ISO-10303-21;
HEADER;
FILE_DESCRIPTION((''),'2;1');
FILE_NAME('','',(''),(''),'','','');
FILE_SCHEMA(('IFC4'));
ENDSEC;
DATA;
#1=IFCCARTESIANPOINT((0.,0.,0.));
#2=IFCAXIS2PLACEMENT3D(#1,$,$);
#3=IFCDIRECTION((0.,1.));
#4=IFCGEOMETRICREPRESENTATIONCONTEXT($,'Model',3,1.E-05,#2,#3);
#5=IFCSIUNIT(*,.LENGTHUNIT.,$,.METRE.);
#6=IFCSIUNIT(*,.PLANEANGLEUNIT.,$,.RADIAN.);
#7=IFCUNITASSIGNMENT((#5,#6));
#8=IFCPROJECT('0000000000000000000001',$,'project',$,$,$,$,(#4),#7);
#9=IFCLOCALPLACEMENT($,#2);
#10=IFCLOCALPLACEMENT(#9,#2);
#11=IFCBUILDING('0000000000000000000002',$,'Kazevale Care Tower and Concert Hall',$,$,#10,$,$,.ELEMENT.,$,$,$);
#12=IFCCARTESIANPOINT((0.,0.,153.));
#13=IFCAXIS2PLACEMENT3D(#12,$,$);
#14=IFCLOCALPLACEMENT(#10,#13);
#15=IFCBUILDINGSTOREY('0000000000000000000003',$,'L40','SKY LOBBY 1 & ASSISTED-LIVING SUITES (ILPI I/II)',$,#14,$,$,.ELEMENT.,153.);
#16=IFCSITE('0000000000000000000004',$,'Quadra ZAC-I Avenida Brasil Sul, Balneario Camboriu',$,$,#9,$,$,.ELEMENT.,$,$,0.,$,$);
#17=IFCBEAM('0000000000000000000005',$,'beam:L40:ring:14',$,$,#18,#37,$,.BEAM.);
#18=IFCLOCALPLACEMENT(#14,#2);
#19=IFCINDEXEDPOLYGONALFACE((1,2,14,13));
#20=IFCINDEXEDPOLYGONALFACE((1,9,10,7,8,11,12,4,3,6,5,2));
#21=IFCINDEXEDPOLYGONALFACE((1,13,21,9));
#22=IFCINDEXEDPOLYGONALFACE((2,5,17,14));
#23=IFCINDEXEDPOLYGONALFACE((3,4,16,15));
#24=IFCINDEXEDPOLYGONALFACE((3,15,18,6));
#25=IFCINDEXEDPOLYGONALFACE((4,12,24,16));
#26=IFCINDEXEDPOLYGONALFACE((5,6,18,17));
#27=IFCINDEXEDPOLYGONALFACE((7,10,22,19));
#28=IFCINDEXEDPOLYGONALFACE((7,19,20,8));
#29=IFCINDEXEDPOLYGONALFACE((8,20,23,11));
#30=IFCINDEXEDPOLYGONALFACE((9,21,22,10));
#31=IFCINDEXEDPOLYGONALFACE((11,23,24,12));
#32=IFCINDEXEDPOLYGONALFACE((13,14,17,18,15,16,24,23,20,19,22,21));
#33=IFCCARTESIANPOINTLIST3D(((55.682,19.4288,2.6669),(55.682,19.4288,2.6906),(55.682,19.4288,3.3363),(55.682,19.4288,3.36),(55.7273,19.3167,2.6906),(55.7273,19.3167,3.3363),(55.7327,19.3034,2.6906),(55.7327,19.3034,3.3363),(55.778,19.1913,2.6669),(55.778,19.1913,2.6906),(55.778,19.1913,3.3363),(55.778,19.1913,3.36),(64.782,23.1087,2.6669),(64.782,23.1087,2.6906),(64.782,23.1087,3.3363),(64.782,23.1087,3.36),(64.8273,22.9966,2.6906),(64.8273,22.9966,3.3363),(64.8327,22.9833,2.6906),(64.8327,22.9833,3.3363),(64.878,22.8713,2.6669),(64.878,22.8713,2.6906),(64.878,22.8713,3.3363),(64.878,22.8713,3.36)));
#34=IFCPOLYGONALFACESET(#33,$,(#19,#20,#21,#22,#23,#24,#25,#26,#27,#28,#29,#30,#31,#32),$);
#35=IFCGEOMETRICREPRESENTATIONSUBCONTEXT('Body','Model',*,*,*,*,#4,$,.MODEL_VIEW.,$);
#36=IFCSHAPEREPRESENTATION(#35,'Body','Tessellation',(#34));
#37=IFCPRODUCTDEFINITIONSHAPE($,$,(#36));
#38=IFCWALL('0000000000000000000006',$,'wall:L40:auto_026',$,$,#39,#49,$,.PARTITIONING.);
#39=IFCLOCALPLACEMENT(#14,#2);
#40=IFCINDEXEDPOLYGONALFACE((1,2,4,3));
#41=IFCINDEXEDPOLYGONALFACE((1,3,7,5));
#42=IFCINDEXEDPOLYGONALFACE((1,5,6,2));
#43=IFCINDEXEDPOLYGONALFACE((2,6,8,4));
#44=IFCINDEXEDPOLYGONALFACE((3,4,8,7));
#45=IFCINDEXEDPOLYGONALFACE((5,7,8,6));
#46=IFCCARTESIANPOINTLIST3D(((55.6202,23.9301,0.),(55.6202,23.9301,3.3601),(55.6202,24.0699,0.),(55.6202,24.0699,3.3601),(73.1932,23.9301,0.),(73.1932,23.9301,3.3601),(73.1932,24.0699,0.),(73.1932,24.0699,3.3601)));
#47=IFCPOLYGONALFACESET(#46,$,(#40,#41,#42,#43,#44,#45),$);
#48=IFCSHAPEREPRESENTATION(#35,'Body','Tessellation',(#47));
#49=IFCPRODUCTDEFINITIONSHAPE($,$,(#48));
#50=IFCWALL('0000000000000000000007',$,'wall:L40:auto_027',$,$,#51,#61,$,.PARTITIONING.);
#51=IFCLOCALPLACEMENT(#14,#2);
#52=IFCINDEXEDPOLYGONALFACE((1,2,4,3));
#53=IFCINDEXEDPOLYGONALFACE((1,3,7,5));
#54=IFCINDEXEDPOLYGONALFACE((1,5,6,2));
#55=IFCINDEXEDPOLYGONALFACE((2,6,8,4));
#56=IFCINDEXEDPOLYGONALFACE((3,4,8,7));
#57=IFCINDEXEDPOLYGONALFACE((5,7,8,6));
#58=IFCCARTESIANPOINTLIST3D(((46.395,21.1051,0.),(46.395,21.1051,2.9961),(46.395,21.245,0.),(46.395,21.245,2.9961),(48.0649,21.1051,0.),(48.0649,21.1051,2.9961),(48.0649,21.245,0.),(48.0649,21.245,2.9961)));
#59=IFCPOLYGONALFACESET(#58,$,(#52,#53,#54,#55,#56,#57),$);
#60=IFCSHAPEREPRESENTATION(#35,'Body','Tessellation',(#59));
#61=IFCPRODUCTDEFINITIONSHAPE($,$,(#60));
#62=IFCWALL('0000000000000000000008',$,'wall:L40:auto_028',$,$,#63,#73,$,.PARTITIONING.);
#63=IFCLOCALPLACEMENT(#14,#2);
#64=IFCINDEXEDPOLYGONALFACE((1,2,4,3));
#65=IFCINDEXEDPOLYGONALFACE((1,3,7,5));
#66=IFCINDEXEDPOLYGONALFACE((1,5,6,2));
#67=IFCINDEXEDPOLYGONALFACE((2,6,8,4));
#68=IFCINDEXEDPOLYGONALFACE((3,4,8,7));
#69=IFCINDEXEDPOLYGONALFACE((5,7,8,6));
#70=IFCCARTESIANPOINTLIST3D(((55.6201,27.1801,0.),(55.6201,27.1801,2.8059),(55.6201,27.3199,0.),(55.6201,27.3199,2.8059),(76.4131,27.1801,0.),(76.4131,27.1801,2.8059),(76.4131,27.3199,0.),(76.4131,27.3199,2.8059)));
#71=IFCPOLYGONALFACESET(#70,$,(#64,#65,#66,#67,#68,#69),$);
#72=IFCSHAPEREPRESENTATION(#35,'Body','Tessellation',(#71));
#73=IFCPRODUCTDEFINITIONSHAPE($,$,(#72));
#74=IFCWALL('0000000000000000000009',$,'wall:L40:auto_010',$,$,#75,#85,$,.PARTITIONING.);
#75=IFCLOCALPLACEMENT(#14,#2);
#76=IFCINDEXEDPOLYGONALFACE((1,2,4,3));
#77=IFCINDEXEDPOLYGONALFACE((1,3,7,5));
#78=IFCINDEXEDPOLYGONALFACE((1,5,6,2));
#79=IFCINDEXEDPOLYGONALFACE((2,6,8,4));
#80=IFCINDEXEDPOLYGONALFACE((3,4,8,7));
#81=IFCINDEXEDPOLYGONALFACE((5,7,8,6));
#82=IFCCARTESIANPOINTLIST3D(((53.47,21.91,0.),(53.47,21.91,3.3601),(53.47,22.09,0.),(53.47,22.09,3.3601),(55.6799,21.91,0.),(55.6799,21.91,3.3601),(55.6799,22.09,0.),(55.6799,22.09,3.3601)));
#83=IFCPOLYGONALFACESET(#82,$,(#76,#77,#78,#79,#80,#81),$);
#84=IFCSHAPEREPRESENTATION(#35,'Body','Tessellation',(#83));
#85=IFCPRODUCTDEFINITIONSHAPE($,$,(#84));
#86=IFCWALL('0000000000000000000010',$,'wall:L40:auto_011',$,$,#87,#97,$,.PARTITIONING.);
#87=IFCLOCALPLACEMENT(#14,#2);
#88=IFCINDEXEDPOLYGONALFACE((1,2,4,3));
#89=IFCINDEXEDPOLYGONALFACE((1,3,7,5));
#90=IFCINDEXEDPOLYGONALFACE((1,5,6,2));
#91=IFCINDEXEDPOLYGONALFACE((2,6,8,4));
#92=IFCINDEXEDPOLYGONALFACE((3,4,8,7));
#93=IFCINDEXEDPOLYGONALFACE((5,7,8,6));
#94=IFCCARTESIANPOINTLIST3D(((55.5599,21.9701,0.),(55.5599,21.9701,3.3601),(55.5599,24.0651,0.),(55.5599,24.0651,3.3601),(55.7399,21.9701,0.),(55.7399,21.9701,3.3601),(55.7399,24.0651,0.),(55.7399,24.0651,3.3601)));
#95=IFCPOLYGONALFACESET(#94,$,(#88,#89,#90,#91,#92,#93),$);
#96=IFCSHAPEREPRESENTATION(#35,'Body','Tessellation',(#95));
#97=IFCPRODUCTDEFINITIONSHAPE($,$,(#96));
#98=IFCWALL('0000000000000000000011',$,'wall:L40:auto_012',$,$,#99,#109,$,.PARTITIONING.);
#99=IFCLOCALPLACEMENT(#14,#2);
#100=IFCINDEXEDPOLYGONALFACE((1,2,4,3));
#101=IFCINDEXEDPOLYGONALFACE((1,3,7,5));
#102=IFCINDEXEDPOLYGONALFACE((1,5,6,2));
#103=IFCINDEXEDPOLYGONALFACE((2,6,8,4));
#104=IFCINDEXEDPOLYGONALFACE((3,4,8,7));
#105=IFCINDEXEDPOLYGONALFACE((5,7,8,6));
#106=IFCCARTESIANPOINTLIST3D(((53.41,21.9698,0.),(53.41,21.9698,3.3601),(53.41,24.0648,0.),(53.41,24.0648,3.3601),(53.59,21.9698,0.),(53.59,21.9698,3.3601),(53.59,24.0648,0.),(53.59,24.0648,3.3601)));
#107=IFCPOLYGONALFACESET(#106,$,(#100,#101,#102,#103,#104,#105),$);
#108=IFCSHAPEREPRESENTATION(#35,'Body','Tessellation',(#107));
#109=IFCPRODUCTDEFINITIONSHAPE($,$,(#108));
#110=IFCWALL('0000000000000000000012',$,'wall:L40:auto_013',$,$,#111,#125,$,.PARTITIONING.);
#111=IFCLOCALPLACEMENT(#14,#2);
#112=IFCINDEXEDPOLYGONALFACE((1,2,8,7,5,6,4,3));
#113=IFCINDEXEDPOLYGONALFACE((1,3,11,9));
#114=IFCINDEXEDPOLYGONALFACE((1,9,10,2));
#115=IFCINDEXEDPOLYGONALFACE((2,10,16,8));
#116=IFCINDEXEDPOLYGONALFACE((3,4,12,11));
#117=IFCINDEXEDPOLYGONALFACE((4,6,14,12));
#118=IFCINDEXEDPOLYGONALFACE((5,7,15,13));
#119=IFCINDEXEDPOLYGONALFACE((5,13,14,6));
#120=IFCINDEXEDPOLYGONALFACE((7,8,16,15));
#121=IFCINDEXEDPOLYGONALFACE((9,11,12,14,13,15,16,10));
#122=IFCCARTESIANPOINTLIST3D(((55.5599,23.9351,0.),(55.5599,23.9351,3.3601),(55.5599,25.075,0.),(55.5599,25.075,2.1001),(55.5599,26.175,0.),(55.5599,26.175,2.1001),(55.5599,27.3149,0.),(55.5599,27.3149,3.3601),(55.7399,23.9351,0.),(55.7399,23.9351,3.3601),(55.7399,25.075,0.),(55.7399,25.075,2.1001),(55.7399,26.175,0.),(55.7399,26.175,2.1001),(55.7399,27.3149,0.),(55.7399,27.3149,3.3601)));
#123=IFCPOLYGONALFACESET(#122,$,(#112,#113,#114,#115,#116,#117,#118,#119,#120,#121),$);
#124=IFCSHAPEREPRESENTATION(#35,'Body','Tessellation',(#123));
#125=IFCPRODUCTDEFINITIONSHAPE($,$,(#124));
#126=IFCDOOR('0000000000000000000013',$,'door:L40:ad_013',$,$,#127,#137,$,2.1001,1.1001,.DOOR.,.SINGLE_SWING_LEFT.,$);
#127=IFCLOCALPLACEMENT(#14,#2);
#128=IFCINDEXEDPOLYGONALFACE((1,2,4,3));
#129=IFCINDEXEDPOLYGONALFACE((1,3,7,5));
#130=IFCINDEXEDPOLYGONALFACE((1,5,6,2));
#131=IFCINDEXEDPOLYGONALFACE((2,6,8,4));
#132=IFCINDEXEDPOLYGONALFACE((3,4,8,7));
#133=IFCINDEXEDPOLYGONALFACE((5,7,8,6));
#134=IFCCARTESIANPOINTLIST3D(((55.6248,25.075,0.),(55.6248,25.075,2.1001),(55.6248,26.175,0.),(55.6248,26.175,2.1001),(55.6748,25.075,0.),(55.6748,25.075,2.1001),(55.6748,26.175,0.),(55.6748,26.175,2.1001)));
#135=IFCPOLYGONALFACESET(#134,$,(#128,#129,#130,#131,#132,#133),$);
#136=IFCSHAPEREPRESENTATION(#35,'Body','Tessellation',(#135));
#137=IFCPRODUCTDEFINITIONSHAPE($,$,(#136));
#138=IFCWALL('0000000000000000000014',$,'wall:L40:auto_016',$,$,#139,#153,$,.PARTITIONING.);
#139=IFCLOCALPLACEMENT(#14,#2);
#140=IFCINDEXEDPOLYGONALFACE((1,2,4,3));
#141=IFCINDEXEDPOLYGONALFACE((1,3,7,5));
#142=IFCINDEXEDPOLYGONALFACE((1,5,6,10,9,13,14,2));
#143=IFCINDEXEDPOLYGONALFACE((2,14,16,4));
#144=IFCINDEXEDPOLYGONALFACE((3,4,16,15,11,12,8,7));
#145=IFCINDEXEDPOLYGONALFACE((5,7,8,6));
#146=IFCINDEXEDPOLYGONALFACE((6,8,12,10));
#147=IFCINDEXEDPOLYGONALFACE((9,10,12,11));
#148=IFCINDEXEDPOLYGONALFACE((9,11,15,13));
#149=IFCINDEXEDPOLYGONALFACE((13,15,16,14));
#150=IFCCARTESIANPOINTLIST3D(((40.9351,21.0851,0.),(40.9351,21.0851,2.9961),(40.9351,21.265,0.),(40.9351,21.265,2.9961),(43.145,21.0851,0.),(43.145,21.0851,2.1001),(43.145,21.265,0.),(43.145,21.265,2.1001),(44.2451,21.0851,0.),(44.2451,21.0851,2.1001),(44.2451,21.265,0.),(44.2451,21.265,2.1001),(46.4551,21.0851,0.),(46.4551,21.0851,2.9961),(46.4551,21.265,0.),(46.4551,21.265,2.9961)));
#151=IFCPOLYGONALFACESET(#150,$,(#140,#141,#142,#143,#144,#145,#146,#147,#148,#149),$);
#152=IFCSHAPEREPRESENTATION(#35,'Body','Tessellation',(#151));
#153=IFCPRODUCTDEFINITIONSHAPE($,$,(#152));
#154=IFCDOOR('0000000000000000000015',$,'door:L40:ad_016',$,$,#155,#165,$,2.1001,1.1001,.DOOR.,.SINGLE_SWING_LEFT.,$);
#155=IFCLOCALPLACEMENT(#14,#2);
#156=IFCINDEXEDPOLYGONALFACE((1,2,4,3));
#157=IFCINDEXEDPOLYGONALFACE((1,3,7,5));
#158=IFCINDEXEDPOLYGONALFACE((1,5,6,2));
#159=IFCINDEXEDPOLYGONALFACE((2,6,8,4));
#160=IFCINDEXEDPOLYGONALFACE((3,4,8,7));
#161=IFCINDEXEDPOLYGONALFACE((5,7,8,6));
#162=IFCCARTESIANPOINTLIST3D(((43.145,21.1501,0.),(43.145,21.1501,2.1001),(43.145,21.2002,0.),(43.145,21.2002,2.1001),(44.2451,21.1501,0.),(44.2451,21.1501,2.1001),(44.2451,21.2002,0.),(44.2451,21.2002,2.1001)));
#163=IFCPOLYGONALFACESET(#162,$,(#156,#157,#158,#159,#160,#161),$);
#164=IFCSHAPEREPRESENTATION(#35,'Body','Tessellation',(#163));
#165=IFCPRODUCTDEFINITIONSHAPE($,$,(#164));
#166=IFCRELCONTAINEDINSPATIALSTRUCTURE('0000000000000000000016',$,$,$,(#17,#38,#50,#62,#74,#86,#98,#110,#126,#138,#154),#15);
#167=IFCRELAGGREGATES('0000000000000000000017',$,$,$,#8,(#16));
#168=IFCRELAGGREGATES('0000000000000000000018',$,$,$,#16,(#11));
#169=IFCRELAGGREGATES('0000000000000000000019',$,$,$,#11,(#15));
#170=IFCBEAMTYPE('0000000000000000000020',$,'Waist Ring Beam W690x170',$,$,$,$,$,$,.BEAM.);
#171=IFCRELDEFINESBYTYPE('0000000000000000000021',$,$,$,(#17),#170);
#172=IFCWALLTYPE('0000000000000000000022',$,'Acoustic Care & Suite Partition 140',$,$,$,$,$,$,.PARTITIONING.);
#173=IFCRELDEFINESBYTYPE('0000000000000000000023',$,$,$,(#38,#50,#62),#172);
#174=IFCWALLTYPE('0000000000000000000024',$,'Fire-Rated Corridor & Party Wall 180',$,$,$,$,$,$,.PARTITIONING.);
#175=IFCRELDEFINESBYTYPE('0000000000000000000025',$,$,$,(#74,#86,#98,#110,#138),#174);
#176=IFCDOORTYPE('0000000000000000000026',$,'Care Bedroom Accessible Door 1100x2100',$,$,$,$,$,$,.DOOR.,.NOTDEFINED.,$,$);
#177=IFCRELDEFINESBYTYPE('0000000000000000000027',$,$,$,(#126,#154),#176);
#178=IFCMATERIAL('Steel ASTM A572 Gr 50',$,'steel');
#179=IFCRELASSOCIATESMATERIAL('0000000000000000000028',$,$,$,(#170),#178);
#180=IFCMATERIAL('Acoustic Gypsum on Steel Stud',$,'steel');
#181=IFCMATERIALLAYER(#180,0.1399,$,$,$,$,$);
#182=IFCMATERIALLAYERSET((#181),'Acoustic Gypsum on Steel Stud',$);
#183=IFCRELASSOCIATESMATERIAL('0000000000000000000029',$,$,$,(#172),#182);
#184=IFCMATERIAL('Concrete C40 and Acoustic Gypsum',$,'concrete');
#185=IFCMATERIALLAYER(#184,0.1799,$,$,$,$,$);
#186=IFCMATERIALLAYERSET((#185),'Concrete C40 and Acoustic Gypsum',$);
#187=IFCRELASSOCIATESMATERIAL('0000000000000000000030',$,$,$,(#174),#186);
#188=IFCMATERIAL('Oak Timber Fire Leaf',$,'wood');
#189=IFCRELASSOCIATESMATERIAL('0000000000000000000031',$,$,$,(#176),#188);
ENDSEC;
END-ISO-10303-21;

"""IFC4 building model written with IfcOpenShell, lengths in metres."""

from ifc_helpers import new_model, si_unit, direction, frame, frame_2d, origin, origin_2d, place, context, subcontext, project, spatial, rectangle, i_section, extrude, material, layer, layer_set, material_profile, profile_set, type_object, element, fill, save


model = new_model("IFC4")

# Units and contexts
model_context = context("Model", 3, precision=1e-05, world=origin(), true_north=direction((0.0, 1.0)))
body_context = subcontext(model_context, "Body", "Model", "MODEL_VIEW")
ifc_project = project(units=[si_unit("LENGTHUNIT", "METRE"), si_unit("PLANEANGLEUNIT", "RADIAN")], contexts=[model_context])

# Site, building, storey
site_placement = place(None, origin())
site = spatial("IfcSite", under=ifc_project, at=site_placement, Name="Quadra ZAC-I Avenida Brasil Sul, Balneario Camboriu", CompositionType="ELEMENT", RefElevation=0.0)
building_placement = place(site_placement, origin())
building = spatial("IfcBuilding", under=site, at=building_placement, Name="Kazevale Care Tower and Concert Hall", CompositionType="ELEMENT")
storey_placement = place(building_placement, frame((0.0, 0.0, 153.0)))
storey = spatial("IfcBuildingStorey", under=building, at=storey_placement, Name="L40", Description="SKY LOBBY 1 & ASSISTED-LIVING SUITES (ILPI I/II)", CompositionType="ELEMENT", Elevation=153.0)

# Beam
ifc_material_1 = material(Name="Steel ASTM A572 Gr 50", Category="steel")
ifc_material_profile_1 = material_profile(ifc_material_1, i_section(OverallWidth=0.2561, OverallDepth=0.6931, WebThickness=0.0144, FlangeThickness=0.0237, at=origin_2d()), Name="W690x170")
ifc_profile_set_1 = profile_set([ifc_material_profile_1], Name="Steel ASTM A572 Gr 50")
beam_type_1 = type_object("IfcBeamType", Name="Waist Ring Beam W690x170", PredefinedType="BEAM", material=ifc_profile_set_1)
beam_1_placement = place(storey_placement, frame((55.73, 19.3101, 3.0134), z_axis=(0.927069, 0.374892, 0.0), x_axis=(-0.374892, 0.927069, 0.0)))
element("IfcBeam", 1, at=beam_1_placement, inside=storey, type_object=beam_type_1, Name="beam:L40:ring:14", PredefinedType="BEAM", context=body_context, shape_type="SweptSolid", body=[
    extrude(i_section(OverallWidth=0.2561, OverallDepth=0.6931, WebThickness=0.0144, FlangeThickness=0.0237, at=origin_2d()), origin(), (0.0, 0.0, 1.0), 9.8159),
])

# Walls
ifc_material_2 = material(Name="Acoustic Gypsum on Steel Stud", Category="steel")
ifc_layer_1 = layer(ifc_material_2, 0.1399)
ifc_layer_set_1 = layer_set([ifc_layer_1], Name="Acoustic Gypsum on Steel Stud")
wall_type_1 = type_object("IfcWallType", Name="Acoustic Care & Suite Partition 140", PredefinedType="PARTITIONING", material=ifc_layer_set_1)
wall_1_placement = place(storey_placement, frame((55.6201, 24.0, 0.0), z_axis=(0.0, 0.0, 1.0), x_axis=(1.0, 0.0, 0.0)))
element("IfcWall", 2, at=wall_1_placement, inside=storey, type_object=wall_type_1, Name="wall:L40:auto_026", PredefinedType="PARTITIONING", context=body_context, shape_type="SweptSolid", body=[
    extrude(rectangle(XDim=17.573, YDim=0.1399, at=frame_2d((8.7866, 0.0))), origin(), (0.0, 0.0, 1.0), 3.3601),
])
wall_2_placement = place(storey_placement, frame((48.0649, 21.175, 0.0), z_axis=(0.0, 0.0, 1.0), x_axis=(-1.0, 0.0, 0.0)))
element("IfcWall", 3, at=wall_2_placement, inside=storey, type_object=wall_type_1, Name="wall:L40:auto_027", PredefinedType="PARTITIONING", context=body_context, shape_type="SweptSolid", body=[
    extrude(rectangle(XDim=1.6699, YDim=0.1399, at=frame_2d((0.835, 0.0))), origin(), (0.0, 0.0, 1.0), 2.9961),
])
wall_3_placement = place(storey_placement, frame((55.6201, 27.25, 0.0), z_axis=(0.0, 0.0, 1.0), x_axis=(1.0, 0.0, 0.0)))
element("IfcWall", 4, at=wall_3_placement, inside=storey, type_object=wall_type_1, Name="wall:L40:auto_028", PredefinedType="PARTITIONING", context=body_context, shape_type="SweptSolid", body=[
    extrude(rectangle(XDim=20.793, YDim=0.1399, at=frame_2d((10.3965, 0.0))), origin(), (0.0, 0.0, 1.0), 2.8059),
])
ifc_material_3 = material(Name="Concrete C40 and Acoustic Gypsum", Category="concrete")
ifc_layer_2 = layer(ifc_material_3, 0.1799)
ifc_layer_set_2 = layer_set([ifc_layer_2], Name="Concrete C40 and Acoustic Gypsum")
wall_type_2 = type_object("IfcWallType", Name="Fire-Rated Corridor & Party Wall 180", PredefinedType="PARTITIONING", material=ifc_layer_set_2)
wall_4_placement = place(storey_placement, frame((55.6799, 22.0, 0.0), z_axis=(0.0, 0.0, 1.0), x_axis=(-1.0, 0.0, 0.0)))
element("IfcWall", 5, at=wall_4_placement, inside=storey, type_object=wall_type_2, Name="wall:L40:auto_010", PredefinedType="PARTITIONING", context=body_context, shape_type="SweptSolid", body=[
    extrude(rectangle(XDim=2.21, YDim=0.1799, at=frame_2d((1.105, 0.0))), origin(), (0.0, 0.0, 1.0), 3.3601),
])
for number, where, z_axis, x_axis, name in (
    (6, (55.6499, 24.0649, 0.0), (0.0, 0.0, 1.0), (0.0, -1.0, 0.0), "wall:L40:auto_011"),
    (7, (53.5, 21.97, 0.0), (0.0, 0.0, 1.0), (0.0, 1.0, 0.0), "wall:L40:auto_012"),
):
    element("IfcWall", number, at=place(storey_placement, frame(where, z_axis=z_axis, x_axis=x_axis)), inside=storey, type_object=wall_type_2, Name=name, PredefinedType="PARTITIONING", context=body_context, shape_type="SweptSolid", body=[
        extrude(rectangle(XDim=2.095, YDim=0.1799, at=frame_2d((1.0474, 0.0))), origin(), (0.0, 0.0, 1.0), 3.3601),
    ])

# Walls, openings, doors
wall_5_placement = place(storey_placement, frame((55.6499, 27.3149, 0.0), z_axis=(0.0, 0.0, 1.0), x_axis=(0.0, -1.0, 0.0)))
wall_5 = element("IfcWall", 8, at=wall_5_placement, inside=storey, type_object=wall_type_2, Name="wall:L40:auto_013", PredefinedType="PARTITIONING", context=body_context, shape_type="SweptSolid", body=[
    extrude(rectangle(XDim=3.3799, YDim=0.1799, at=frame_2d((1.6899, 0.0))), origin(), (0.0, 0.0, 1.0), 3.3601),
])
opening_1_placement = place(wall_5_placement, frame((1.1399, 0.0, 0.0)))
opening_1 = element("IfcOpeningElement", 9, at=opening_1_placement, cuts=wall_5, PredefinedType="OPENING", context=body_context, shape_type="SweptSolid", body=[
    extrude(rectangle(XDim=1.1001, YDim=2.1001, at=frame_2d((0.55, 1.05))), frame((0.0, 0.0999, 0.0), z_axis=(0.0, -1.0, 0.0), x_axis=(1.0, 0.0, 0.0)), (0.0, 0.0, 1.0), 0.2),
])
ifc_material_4 = material(Name="Oak Timber Fire Leaf", Category="wood")
door_type_1 = type_object("IfcDoorType", Name="Care Bedroom Accessible Door 1100x2100", OperationType="NOTDEFINED", PredefinedType="DOOR", material=ifc_material_4)
door_1_placement = place(opening_1_placement, origin())
door_1 = element("IfcDoor", 10, at=door_1_placement, inside=storey, type_object=door_type_1, Name="door:L40:ad_013", OperationType="SINGLE_SWING_LEFT", OverallHeight=2.1001, OverallWidth=1.1001, PredefinedType="DOOR", context=body_context, shape_type="SweptSolid", body=[
    extrude(rectangle(XDim=1.1001, YDim=2.1001, at=frame_2d((0.55, 1.05))), frame((0.0, 0.0249, 0.0), z_axis=(0.0, -1.0, 0.0), x_axis=(1.0, 0.0, 0.0)), (0.0, 0.0, 1.0), 0.05),
])
fill(opening_1, door_1)
wall_6_placement = place(storey_placement, frame((46.4551, 21.175, 0.0), z_axis=(0.0, 0.0, 1.0), x_axis=(-1.0, 0.0, 0.0)))
wall_6 = element("IfcWall", 11, at=wall_6_placement, inside=storey, type_object=wall_type_2, Name="wall:L40:auto_016", PredefinedType="PARTITIONING", context=body_context, shape_type="SweptSolid", body=[
    extrude(rectangle(XDim=5.52, YDim=0.1799, at=frame_2d((2.76, 0.0))), origin(), (0.0, 0.0, 1.0), 2.9961),
])
opening_2_placement = place(wall_6_placement, frame((2.21, 0.0, 0.0)))
opening_2 = element("IfcOpeningElement", 12, at=opening_2_placement, cuts=wall_6, PredefinedType="OPENING", context=body_context, shape_type="SweptSolid", body=[
    extrude(rectangle(XDim=1.1001, YDim=2.1001, at=frame_2d((0.55, 1.05))), frame((0.0, 0.0999, 0.0), z_axis=(0.0, -1.0, 0.0), x_axis=(1.0, 0.0, 0.0)), (0.0, 0.0, 1.0), 0.2),
])
door_2_placement = place(opening_2_placement, origin())
door_2 = element("IfcDoor", 13, at=door_2_placement, inside=storey, type_object=door_type_1, Name="door:L40:ad_016", OperationType="SINGLE_SWING_LEFT", OverallHeight=2.1001, OverallWidth=1.1001, PredefinedType="DOOR", context=body_context, shape_type="SweptSolid", body=[
    extrude(rectangle(XDim=1.1001, YDim=2.1001, at=frame_2d((0.55, 1.05))), frame((0.0, 0.0249, 0.0), z_axis=(0.0, -1.0, 0.0), x_axis=(1.0, 0.0, 0.0)), (0.0, 0.0, 1.0), 0.05),
])
fill(opening_2, door_2)

save(model, "model.ifc")
